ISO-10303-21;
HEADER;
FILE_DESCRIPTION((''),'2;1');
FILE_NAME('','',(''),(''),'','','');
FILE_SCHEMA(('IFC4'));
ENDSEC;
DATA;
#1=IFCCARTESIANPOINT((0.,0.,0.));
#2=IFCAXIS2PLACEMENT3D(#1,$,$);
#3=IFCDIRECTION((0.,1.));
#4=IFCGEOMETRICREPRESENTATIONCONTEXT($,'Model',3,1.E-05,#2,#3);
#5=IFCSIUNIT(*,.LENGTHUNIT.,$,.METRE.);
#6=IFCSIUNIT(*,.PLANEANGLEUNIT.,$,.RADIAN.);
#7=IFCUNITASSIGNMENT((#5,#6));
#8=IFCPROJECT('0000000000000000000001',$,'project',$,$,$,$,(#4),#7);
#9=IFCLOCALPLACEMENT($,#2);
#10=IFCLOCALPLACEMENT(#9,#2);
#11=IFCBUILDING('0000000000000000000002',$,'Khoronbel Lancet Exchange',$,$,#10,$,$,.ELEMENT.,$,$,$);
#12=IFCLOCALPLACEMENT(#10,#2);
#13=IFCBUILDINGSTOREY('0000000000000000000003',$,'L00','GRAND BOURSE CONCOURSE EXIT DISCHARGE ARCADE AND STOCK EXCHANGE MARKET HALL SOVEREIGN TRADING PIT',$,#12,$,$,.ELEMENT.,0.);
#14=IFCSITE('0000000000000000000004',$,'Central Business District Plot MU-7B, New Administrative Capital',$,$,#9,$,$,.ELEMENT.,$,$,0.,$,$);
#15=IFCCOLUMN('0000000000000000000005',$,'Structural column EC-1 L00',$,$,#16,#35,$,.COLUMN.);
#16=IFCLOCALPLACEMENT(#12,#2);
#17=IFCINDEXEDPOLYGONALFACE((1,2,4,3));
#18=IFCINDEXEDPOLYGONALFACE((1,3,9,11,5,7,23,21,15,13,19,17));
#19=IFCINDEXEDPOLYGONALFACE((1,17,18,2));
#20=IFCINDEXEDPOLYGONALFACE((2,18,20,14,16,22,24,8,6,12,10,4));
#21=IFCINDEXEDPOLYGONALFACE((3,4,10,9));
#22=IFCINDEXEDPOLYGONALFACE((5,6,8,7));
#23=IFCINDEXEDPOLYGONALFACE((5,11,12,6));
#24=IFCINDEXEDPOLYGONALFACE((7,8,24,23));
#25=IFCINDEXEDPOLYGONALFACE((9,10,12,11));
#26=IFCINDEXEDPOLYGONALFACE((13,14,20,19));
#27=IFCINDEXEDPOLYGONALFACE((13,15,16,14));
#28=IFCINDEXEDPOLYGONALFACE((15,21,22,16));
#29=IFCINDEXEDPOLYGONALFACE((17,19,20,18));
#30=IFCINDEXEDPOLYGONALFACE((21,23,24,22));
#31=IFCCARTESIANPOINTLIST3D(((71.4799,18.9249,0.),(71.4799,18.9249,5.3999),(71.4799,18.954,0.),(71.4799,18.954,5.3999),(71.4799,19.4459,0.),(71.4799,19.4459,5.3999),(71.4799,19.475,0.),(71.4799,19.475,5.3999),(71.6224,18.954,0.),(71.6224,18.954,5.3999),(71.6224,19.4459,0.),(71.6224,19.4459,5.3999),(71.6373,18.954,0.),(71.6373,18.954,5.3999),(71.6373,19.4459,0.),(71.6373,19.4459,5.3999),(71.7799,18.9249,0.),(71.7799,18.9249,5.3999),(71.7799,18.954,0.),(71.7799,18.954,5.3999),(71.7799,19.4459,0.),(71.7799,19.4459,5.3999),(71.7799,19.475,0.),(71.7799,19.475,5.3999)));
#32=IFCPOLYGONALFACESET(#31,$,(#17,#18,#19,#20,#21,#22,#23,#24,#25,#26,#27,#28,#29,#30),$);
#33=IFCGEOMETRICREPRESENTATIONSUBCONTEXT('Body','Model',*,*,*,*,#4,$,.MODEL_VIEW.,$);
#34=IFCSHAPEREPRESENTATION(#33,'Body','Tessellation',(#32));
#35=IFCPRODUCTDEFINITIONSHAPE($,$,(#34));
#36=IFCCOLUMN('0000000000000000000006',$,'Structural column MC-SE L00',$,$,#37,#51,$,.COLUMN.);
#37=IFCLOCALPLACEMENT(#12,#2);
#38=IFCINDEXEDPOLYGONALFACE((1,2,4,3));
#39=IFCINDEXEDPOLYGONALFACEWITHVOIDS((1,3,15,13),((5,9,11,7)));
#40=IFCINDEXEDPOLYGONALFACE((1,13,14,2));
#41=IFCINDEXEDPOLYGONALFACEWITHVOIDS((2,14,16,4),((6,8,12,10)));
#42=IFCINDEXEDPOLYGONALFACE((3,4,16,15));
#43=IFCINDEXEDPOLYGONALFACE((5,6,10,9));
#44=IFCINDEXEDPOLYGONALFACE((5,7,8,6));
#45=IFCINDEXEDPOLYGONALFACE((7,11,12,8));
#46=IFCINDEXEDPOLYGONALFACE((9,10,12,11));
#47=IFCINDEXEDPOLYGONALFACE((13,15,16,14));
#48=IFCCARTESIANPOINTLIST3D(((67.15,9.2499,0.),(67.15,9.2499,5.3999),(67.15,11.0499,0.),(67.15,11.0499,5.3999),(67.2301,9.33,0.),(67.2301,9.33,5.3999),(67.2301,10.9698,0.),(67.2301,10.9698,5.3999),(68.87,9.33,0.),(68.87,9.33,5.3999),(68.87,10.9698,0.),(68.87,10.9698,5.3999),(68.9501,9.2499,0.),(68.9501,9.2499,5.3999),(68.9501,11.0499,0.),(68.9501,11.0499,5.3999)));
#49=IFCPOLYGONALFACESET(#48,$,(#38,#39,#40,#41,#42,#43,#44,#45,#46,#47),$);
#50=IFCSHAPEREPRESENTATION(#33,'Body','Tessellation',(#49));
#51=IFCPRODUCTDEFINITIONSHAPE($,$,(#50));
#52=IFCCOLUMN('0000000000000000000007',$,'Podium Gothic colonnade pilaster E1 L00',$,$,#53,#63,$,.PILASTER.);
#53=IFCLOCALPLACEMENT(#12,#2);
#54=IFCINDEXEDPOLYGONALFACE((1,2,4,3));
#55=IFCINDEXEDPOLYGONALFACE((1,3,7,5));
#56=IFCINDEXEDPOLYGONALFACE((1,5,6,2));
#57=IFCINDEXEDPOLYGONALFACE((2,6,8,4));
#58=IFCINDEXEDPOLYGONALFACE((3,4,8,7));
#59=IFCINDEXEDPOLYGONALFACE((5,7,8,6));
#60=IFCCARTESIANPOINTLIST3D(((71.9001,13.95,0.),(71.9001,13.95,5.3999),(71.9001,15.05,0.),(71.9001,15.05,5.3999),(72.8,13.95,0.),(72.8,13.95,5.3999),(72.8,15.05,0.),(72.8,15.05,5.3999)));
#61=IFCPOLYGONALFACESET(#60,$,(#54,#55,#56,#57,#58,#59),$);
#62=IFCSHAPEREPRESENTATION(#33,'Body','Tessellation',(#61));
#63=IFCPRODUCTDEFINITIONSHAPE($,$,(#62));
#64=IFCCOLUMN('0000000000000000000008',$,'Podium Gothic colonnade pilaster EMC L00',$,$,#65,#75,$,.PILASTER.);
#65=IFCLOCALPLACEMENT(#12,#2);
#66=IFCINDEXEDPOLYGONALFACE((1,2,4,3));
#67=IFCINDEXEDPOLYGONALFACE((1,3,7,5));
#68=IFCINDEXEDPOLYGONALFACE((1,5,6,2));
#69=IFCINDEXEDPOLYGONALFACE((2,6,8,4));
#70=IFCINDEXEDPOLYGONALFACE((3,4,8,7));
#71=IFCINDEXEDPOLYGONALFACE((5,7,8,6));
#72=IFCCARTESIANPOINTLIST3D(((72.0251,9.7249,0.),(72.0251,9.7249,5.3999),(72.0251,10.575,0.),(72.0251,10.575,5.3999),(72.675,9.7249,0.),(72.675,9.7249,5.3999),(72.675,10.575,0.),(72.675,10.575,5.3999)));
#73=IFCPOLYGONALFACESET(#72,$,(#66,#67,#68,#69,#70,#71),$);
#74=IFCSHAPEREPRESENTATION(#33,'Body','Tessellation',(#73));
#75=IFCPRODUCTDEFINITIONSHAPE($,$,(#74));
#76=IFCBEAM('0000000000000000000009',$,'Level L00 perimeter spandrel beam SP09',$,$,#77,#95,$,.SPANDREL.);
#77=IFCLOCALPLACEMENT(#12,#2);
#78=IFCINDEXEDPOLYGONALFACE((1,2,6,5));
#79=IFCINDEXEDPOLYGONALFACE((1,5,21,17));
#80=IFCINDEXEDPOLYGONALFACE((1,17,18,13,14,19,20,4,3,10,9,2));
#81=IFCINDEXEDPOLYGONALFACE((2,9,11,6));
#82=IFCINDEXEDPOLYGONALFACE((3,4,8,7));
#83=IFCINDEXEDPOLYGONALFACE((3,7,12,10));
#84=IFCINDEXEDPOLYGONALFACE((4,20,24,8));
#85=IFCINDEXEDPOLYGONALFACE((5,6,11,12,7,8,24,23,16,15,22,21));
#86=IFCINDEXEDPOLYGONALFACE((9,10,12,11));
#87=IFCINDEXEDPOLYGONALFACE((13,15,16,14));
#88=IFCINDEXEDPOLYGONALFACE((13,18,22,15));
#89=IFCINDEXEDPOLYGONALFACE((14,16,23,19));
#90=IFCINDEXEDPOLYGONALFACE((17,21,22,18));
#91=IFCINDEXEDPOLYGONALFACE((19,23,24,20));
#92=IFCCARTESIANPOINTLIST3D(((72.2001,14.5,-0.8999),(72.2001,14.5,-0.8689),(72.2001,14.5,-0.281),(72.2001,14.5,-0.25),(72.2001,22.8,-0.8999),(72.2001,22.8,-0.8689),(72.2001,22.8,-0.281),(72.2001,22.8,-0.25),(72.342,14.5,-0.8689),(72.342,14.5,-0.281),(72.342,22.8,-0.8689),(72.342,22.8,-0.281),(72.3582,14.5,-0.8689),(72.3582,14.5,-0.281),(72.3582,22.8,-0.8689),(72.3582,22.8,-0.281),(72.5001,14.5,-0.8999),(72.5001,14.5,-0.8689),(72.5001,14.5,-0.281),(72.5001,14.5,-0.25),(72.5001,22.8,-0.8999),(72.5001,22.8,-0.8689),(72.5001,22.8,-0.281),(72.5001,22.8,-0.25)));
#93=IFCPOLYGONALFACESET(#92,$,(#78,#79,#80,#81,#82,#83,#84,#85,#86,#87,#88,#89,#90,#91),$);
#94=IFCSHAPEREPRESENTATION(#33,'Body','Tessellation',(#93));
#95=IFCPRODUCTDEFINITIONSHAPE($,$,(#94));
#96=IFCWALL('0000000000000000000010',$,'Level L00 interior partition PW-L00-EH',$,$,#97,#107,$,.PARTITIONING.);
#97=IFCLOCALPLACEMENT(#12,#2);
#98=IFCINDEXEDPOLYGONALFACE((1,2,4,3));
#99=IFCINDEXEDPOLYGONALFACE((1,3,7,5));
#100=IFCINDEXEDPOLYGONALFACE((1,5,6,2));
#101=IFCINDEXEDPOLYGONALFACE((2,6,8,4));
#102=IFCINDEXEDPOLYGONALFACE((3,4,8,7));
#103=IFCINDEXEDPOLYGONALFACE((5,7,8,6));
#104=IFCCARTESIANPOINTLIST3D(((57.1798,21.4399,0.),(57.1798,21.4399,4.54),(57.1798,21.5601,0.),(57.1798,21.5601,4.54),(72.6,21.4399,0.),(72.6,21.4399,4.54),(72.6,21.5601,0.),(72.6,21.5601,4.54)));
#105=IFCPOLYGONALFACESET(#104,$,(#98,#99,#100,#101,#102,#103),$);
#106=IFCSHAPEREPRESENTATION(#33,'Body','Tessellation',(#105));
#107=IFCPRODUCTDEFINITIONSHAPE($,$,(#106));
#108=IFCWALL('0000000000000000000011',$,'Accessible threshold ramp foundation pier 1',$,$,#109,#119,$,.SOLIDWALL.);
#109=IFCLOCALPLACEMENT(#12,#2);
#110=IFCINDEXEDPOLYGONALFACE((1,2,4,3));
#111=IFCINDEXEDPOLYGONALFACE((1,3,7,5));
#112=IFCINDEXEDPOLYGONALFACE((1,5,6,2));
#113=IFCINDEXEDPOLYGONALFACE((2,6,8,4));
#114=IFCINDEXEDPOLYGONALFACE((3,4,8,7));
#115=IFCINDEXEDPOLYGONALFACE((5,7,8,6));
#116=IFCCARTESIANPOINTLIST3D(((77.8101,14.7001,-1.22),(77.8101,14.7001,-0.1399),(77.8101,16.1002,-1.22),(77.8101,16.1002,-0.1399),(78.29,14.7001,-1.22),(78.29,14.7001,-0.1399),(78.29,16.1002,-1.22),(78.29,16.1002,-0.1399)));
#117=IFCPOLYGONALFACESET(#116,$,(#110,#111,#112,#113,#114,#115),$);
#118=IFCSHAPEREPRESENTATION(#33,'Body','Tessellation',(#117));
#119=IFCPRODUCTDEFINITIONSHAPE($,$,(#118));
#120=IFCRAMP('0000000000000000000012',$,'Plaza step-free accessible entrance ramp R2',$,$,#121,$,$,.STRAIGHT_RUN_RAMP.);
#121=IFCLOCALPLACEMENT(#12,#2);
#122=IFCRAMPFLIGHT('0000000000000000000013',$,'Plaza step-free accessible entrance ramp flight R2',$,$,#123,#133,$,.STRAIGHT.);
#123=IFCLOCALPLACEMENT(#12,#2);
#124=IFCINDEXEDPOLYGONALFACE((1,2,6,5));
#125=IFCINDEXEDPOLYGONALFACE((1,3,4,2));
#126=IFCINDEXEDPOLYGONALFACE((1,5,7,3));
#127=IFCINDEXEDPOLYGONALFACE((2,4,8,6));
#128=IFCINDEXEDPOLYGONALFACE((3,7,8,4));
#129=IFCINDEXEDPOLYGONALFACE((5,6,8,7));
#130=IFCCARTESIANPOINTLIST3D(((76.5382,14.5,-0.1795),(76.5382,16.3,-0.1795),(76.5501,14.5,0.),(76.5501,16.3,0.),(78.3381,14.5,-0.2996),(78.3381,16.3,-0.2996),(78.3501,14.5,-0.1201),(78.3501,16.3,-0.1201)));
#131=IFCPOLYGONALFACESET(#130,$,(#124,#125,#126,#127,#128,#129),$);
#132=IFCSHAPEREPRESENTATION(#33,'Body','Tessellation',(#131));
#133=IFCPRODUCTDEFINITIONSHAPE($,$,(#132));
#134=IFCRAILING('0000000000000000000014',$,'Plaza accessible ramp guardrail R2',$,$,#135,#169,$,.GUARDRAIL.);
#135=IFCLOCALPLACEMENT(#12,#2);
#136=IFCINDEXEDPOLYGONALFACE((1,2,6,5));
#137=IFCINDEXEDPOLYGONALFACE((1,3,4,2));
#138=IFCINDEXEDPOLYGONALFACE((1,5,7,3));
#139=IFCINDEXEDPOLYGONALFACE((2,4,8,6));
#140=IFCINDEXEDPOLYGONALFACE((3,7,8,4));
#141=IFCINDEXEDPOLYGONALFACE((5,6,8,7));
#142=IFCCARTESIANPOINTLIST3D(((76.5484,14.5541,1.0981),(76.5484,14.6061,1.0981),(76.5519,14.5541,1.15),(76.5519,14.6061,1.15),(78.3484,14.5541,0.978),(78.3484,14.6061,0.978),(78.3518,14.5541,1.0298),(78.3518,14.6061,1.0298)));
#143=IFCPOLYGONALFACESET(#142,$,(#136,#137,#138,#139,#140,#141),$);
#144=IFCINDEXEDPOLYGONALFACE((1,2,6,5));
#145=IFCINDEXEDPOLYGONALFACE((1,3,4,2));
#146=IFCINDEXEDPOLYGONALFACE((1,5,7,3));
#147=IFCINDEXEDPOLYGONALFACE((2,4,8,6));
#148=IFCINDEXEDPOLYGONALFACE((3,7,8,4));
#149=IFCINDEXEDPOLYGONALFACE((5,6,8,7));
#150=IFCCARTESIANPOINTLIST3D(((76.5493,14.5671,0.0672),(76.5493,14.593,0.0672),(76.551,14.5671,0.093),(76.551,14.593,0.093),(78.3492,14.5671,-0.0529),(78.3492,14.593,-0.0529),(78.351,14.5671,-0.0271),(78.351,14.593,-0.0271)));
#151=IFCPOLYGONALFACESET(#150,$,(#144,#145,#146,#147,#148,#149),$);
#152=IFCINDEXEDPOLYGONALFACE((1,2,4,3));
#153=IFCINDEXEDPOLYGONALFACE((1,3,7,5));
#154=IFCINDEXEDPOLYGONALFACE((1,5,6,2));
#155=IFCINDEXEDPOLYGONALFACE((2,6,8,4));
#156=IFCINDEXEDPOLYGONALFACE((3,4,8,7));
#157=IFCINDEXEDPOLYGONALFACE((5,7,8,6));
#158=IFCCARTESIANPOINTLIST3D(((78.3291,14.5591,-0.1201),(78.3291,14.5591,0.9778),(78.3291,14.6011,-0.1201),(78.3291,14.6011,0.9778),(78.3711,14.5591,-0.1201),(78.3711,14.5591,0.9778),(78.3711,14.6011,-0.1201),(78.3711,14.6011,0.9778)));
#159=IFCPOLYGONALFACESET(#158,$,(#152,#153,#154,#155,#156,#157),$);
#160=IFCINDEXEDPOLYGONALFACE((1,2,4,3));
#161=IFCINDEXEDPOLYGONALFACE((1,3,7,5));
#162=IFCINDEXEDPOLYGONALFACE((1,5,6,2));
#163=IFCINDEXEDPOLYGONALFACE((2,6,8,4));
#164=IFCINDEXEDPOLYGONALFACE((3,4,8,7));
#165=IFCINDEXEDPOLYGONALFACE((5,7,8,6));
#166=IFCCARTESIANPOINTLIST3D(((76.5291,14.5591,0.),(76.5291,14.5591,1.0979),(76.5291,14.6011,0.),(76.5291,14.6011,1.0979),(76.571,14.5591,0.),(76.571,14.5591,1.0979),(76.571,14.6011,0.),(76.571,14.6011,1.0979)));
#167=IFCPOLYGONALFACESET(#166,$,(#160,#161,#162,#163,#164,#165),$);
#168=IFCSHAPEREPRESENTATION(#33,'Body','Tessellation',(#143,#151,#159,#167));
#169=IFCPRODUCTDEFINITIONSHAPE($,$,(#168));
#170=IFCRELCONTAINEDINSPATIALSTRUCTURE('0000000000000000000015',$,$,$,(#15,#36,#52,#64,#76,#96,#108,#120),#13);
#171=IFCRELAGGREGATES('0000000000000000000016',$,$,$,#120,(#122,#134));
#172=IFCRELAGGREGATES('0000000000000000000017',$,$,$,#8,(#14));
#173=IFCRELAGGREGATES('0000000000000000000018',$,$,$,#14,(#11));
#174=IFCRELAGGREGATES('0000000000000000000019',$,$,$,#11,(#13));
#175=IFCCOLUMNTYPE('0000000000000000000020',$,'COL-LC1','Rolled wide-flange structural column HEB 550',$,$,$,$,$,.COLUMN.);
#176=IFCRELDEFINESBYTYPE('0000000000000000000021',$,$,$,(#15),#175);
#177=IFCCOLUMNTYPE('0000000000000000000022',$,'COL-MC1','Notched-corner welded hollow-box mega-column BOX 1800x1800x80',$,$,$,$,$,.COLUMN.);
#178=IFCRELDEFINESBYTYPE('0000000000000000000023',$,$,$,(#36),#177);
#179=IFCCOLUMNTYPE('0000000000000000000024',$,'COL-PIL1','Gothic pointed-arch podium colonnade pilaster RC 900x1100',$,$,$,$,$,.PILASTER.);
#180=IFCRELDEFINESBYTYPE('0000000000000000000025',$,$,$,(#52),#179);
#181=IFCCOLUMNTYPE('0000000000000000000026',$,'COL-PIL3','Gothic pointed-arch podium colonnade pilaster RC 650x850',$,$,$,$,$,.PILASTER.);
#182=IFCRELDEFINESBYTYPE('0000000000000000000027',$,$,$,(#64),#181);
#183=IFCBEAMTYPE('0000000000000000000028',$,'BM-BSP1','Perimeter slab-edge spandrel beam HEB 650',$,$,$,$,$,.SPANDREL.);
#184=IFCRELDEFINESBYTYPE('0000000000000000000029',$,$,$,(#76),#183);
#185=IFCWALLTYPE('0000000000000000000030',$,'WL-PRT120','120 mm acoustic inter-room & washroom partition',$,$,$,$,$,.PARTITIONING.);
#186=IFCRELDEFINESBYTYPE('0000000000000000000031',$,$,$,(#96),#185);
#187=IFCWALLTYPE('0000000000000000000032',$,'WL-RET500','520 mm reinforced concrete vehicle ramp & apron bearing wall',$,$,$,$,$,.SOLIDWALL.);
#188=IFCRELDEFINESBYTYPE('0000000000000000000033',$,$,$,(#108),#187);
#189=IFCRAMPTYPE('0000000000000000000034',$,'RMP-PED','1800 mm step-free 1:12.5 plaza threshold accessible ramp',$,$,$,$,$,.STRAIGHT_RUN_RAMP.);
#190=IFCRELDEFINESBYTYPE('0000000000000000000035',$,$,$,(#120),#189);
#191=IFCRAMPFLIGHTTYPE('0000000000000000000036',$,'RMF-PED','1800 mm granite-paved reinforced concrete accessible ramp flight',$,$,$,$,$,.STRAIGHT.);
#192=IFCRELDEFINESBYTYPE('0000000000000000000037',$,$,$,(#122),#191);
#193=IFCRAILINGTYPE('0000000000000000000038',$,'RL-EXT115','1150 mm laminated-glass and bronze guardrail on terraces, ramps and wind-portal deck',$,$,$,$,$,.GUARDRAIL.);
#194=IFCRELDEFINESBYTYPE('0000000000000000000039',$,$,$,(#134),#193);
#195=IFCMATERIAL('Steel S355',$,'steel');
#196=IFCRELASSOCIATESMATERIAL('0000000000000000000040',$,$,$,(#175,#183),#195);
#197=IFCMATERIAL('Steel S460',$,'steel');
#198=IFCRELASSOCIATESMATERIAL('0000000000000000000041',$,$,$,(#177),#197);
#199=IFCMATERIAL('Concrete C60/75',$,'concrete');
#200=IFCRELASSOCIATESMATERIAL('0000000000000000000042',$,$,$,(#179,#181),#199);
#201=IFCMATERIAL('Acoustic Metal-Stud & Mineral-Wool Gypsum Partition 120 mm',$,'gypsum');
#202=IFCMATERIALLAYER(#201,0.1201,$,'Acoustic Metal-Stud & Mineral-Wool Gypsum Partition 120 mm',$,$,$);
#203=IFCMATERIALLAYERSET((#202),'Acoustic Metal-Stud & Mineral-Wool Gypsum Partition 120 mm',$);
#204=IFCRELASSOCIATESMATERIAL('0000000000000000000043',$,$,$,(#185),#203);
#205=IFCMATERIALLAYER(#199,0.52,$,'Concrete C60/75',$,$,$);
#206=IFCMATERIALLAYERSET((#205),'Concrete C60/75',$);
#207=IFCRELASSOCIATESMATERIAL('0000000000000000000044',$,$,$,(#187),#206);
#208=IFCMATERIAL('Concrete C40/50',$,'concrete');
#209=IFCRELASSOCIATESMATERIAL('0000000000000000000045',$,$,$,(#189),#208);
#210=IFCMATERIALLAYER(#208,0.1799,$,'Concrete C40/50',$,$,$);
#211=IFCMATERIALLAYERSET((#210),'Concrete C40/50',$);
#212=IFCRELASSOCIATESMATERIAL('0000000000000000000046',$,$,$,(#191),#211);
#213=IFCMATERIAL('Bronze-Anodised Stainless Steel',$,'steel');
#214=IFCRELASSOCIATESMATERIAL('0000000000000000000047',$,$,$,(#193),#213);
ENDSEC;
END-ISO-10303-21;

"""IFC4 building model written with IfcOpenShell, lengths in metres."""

from ifc_helpers import new_model, si_unit, direction, frame, frame_2d, origin, origin_2d, place, context, subcontext, project, spatial, polyline, rectangle, hollow_rectangle, i_section, outline, extrude, material, layer, layer_set, material_profile, profile_set, type_object, element, aggregate, save


model = new_model("IFC4")

# Units and contexts
model_context = context("Model", 3, precision=1e-05, world=origin(), true_north=direction((0.0, 1.0)))
body_context = subcontext(model_context, "Body", "Model", "MODEL_VIEW")
ifc_project = project(units=[si_unit("LENGTHUNIT", "METRE"), si_unit("PLANEANGLEUNIT", "RADIAN")], contexts=[model_context])

# Site, building, storey
site_placement = place(None, origin())
site = spatial("IfcSite", under=ifc_project, at=site_placement, Name="Central Business District Plot MU-7B, New Administrative Capital", CompositionType="ELEMENT", RefElevation=0.0)
building_placement = place(site_placement, origin())
building = spatial("IfcBuilding", under=site, at=building_placement, Name="Khoronbel Lancet Exchange", CompositionType="ELEMENT")
storey_placement = place(building_placement, origin())
storey = spatial("IfcBuildingStorey", under=building, at=storey_placement, Name="L00", Description="GRAND BOURSE CONCOURSE EXIT DISCHARGE ARCADE AND STOCK EXCHANGE MARKET HALL SOVEREIGN TRADING PIT", CompositionType="ELEMENT", Elevation=0.0)

# Columns
ifc_material_1 = material(Name="Steel S355", Category="steel")
ifc_material_profile_1 = material_profile(ifc_material_1, i_section(OverallWidth=0.3, OverallDepth=0.55, WebThickness=0.0149, FlangeThickness=0.0291, at=origin_2d()), Name="HEB 550")
ifc_profile_set_1 = profile_set([ifc_material_profile_1], Name="Steel S355")
column_type_1 = type_object("IfcColumnType", Name="COL-LC1", Description="Rolled wide-flange structural column HEB 550", PredefinedType="COLUMN", material=ifc_profile_set_1)
column_1_placement = place(storey_placement, frame((71.6299, 19.2, 0.0), z_axis=(0.0, 0.0, 1.0), x_axis=(1.0, 0.0, 0.0)))
element("IfcColumn", 1, at=column_1_placement, inside=storey, type_object=column_type_1, Name="Structural column EC-1 L00", PredefinedType="COLUMN", context=body_context, shape_type="SweptSolid", body=[
    extrude(i_section(OverallWidth=0.3, OverallDepth=0.55, WebThickness=0.0149, FlangeThickness=0.0291, at=origin_2d()), origin(), (0.0, 0.0, 1.0), 5.3999),
])
ifc_material_2 = material(Name="Steel S460", Category="steel")
ifc_material_profile_2 = material_profile(ifc_material_2, hollow_rectangle(XDim=1.8, YDim=1.8, WallThickness=0.0801, at=origin_2d()), Name="BOX 1800x1800x80")
ifc_profile_set_2 = profile_set([ifc_material_profile_2], Name="Steel S460")
column_type_2 = type_object("IfcColumnType", Name="COL-MC1", Description="Notched-corner welded hollow-box mega-column BOX 1800x1800x80", PredefinedType="COLUMN", material=ifc_profile_set_2)
column_2_placement = place(storey_placement, frame((68.05, 10.1499, 0.0), z_axis=(0.0, 0.0, 1.0), x_axis=(1.0, 0.0, 0.0)))
element("IfcColumn", 2, at=column_2_placement, inside=storey, type_object=column_type_2, Name="Structural column MC-SE L00", PredefinedType="COLUMN", context=body_context, shape_type="SweptSolid", body=[
    extrude(hollow_rectangle(XDim=1.8, YDim=1.8, WallThickness=0.0801, at=origin_2d()), origin(), (0.0, 0.0, 1.0), 5.3999),
])
ifc_material_3 = material(Name="Concrete C60/75", Category="concrete")
ifc_material_profile_3 = material_profile(ifc_material_3, rectangle(XDim=0.8999, YDim=1.1001, at=origin_2d()), Name="RC 900x1100")
ifc_profile_set_3 = profile_set([ifc_material_profile_3], Name="Concrete C60/75")
column_type_3 = type_object("IfcColumnType", Name="COL-PIL1", Description="Gothic pointed-arch podium colonnade pilaster RC 900x1100", PredefinedType="PILASTER", material=ifc_profile_set_3)
column_3_placement = place(storey_placement, frame((72.3501, 14.5, 0.0), z_axis=(0.0, 0.0, 1.0), x_axis=(1.0, 0.0, 0.0)))
element("IfcColumn", 3, at=column_3_placement, inside=storey, type_object=column_type_3, Name="Podium Gothic colonnade pilaster E1 L00", PredefinedType="PILASTER", context=body_context, shape_type="SweptSolid", body=[
    extrude(rectangle(XDim=0.8999, YDim=1.1001, at=origin_2d()), origin(), (0.0, 0.0, 1.0), 5.3999),
])
ifc_material_profile_4 = material_profile(ifc_material_3, rectangle(XDim=0.6499, YDim=0.8501, at=origin_2d()), Name="RC 650x850")
ifc_profile_set_4 = profile_set([ifc_material_profile_4], Name="Concrete C60/75")
column_type_4 = type_object("IfcColumnType", Name="COL-PIL3", Description="Gothic pointed-arch podium colonnade pilaster RC 650x850", PredefinedType="PILASTER", material=ifc_profile_set_4)
column_4_placement = place(storey_placement, frame((72.3501, 10.1499, 0.0), z_axis=(0.0, 0.0, 1.0), x_axis=(1.0, 0.0, 0.0)))
element("IfcColumn", 4, at=column_4_placement, inside=storey, type_object=column_type_4, Name="Podium Gothic colonnade pilaster EMC L00", PredefinedType="PILASTER", context=body_context, shape_type="SweptSolid", body=[
    extrude(rectangle(XDim=0.6499, YDim=0.8501, at=origin_2d()), origin(), (0.0, 0.0, 1.0), 5.3999),
])

# Beam
ifc_material_profile_5 = material_profile(ifc_material_1, i_section(OverallWidth=0.3, OverallDepth=0.6499, WebThickness=0.0161, FlangeThickness=0.031, at=origin_2d()), Name="HEB 650")
ifc_profile_set_5 = profile_set([ifc_material_profile_5], Name="Steel S355")
beam_type = type_object("IfcBeamType", Name="BM-BSP1", Description="Perimeter slab-edge spandrel beam HEB 650", PredefinedType="SPANDREL", material=ifc_profile_set_5)
beam_placement = place(storey_placement, frame((72.3501, 14.5, -0.575), z_axis=(0.0, 1.0, 0.0), x_axis=(-1.0, 0.0, 0.0)))
element("IfcBeam", 5, at=beam_placement, inside=storey, type_object=beam_type, Name="Level L00 perimeter spandrel beam SP09", PredefinedType="SPANDREL", context=body_context, shape_type="SweptSolid", body=[
    extrude(i_section(OverallWidth=0.3, OverallDepth=0.6499, WebThickness=0.0161, FlangeThickness=0.031, at=origin_2d()), origin(), (0.0, 0.0, 1.0), 8.3),
])

# Walls
ifc_material_4 = material(Name="Acoustic Metal-Stud & Mineral-Wool Gypsum Partition 120 mm", Category="gypsum")
ifc_layer_1 = layer(ifc_material_4, 0.1201, Name="Acoustic Metal-Stud & Mineral-Wool Gypsum Partition 120 mm")
ifc_layer_set_1 = layer_set([ifc_layer_1], Name="Acoustic Metal-Stud & Mineral-Wool Gypsum Partition 120 mm")
wall_type_1 = type_object("IfcWallType", Name="WL-PRT120", Description="120 mm acoustic inter-room & washroom partition", PredefinedType="PARTITIONING", material=ifc_layer_set_1)
wall_1_placement = place(storey_placement, frame((57.1799, 21.5, 0.0), z_axis=(0.0, 0.0, 1.0), x_axis=(1.0, 0.0, 0.0)))
element("IfcWall", 6, at=wall_1_placement, inside=storey, type_object=wall_type_1, Name="Level L00 interior partition PW-L00-EH", PredefinedType="PARTITIONING", context=body_context, shape_type="SweptSolid", body=[
    extrude(rectangle(XDim=15.4202, YDim=0.1201, at=frame_2d((7.71, 0.0))), origin(), (0.0, 0.0, 1.0), 4.54),
])
ifc_layer_2 = layer(ifc_material_3, 0.52, Name="Concrete C60/75")
ifc_layer_set_2 = layer_set([ifc_layer_2], Name="Concrete C60/75")
wall_type_2 = type_object("IfcWallType", Name="WL-RET500", Description="520 mm reinforced concrete vehicle ramp & apron bearing wall", PredefinedType="SOLIDWALL", material=ifc_layer_set_2)
wall_2_placement = place(storey_placement, frame((78.05, 14.7, -1.22), z_axis=(0.0, 0.0, 1.0), x_axis=(0.0, 1.0, 0.0)))
element("IfcWall", 7, at=wall_2_placement, inside=storey, type_object=wall_type_2, Name="Accessible threshold ramp foundation pier 1", PredefinedType="SOLIDWALL", context=body_context, shape_type="SweptSolid", body=[
    extrude(rectangle(XDim=1.4001, YDim=0.48, at=frame_2d((0.7002, 0.0))), origin(), (0.0, 0.0, 1.0), 1.0801),
])

# Ramp, ramp flight, railing
ifc_material_5 = material(Name="Concrete C40/50", Category="concrete")
ramp_type = type_object("IfcRampType", Name="RMP-PED", Description="1800 mm step-free 1:12.5 plaza threshold accessible ramp", PredefinedType="STRAIGHT_RUN_RAMP", material=ifc_material_5)
ramp_placement = place(storey_placement, origin())
ramp = element("IfcRamp", 8, at=ramp_placement, inside=storey, type_object=ramp_type, Name="Plaza step-free accessible entrance ramp R2", PredefinedType="STRAIGHT_RUN_RAMP")
ifc_layer_3 = layer(ifc_material_5, 0.1799, Name="Concrete C40/50")
ifc_layer_set_3 = layer_set([ifc_layer_3], Name="Concrete C40/50")
ramp_flight_type = type_object("IfcRampFlightType", Name="RMF-PED", Description="1800 mm granite-paved reinforced concrete accessible ramp flight", PredefinedType="STRAIGHT", material=ifc_layer_set_3)
ramp_flight_placement = place(storey_placement, frame((78.3501, 14.5, -0.1201), z_axis=(0.066582, 0.0, 0.997781), x_axis=(0.0, 1.0, 0.0)))
ramp_flight = element("IfcRampFlight", 9, at=ramp_flight_placement, type_object=ramp_flight_type, Name="Plaza step-free accessible entrance ramp flight R2", PredefinedType="STRAIGHT", context=body_context, shape_type="SweptSolid", body=[
    extrude(outline(polyline([(0.0, 0.0), (1.8, 0.0), (1.8, 1.804), (0.0, 1.804), (0.0, 0.0)])), origin(), (0.0, 0.0, -1.0), 0.1799),
])
ifc_material_6 = material(Name="Bronze-Anodised Stainless Steel", Category="steel")
railing_type = type_object("IfcRailingType", Name="RL-EXT115", Description="1150 mm laminated-glass and bronze guardrail on terraces, ramps and wind-portal deck", PredefinedType="GUARDRAIL", material=ifc_material_6)
railing_placement = place(storey_placement, frame((78.3501, 14.5801, -0.1201)))
railing = element("IfcRailing", 10, at=railing_placement, type_object=railing_type, Name="Plaza accessible ramp guardrail R2", PredefinedType="GUARDRAIL", context=body_context, shape_type="SweptSolid", body=[
    extrude(rectangle(XDim=0.052, YDim=0.052, at=origin_2d()), frame((0.0, 0.0, 1.124), z_axis=(-0.997781, 0.0, 0.066582), x_axis=(0.0, -1.0, 0.0)), (0.0, 0.0, 1.0), 1.804),
    extrude(rectangle(XDim=0.0259, YDim=0.0259, at=origin_2d()), frame((0.0, 0.0, 0.0801), z_axis=(-0.997781, 0.0, 0.066582), x_axis=(0.0, -1.0, 0.0)), (0.0, 0.0, 1.0), 1.804),
    extrude(rectangle(XDim=0.042, YDim=0.042, at=origin_2d()), origin(), (0.0, 0.0, 1.0), 1.0979),
    extrude(rectangle(XDim=0.042, YDim=0.042, at=origin_2d()), frame((-1.8, 0.0, 0.1201)), (0.0, 0.0, 1.0), 1.0979),
])
aggregate(ramp, [ramp_flight, railing])

save(model, "model.ifc")
